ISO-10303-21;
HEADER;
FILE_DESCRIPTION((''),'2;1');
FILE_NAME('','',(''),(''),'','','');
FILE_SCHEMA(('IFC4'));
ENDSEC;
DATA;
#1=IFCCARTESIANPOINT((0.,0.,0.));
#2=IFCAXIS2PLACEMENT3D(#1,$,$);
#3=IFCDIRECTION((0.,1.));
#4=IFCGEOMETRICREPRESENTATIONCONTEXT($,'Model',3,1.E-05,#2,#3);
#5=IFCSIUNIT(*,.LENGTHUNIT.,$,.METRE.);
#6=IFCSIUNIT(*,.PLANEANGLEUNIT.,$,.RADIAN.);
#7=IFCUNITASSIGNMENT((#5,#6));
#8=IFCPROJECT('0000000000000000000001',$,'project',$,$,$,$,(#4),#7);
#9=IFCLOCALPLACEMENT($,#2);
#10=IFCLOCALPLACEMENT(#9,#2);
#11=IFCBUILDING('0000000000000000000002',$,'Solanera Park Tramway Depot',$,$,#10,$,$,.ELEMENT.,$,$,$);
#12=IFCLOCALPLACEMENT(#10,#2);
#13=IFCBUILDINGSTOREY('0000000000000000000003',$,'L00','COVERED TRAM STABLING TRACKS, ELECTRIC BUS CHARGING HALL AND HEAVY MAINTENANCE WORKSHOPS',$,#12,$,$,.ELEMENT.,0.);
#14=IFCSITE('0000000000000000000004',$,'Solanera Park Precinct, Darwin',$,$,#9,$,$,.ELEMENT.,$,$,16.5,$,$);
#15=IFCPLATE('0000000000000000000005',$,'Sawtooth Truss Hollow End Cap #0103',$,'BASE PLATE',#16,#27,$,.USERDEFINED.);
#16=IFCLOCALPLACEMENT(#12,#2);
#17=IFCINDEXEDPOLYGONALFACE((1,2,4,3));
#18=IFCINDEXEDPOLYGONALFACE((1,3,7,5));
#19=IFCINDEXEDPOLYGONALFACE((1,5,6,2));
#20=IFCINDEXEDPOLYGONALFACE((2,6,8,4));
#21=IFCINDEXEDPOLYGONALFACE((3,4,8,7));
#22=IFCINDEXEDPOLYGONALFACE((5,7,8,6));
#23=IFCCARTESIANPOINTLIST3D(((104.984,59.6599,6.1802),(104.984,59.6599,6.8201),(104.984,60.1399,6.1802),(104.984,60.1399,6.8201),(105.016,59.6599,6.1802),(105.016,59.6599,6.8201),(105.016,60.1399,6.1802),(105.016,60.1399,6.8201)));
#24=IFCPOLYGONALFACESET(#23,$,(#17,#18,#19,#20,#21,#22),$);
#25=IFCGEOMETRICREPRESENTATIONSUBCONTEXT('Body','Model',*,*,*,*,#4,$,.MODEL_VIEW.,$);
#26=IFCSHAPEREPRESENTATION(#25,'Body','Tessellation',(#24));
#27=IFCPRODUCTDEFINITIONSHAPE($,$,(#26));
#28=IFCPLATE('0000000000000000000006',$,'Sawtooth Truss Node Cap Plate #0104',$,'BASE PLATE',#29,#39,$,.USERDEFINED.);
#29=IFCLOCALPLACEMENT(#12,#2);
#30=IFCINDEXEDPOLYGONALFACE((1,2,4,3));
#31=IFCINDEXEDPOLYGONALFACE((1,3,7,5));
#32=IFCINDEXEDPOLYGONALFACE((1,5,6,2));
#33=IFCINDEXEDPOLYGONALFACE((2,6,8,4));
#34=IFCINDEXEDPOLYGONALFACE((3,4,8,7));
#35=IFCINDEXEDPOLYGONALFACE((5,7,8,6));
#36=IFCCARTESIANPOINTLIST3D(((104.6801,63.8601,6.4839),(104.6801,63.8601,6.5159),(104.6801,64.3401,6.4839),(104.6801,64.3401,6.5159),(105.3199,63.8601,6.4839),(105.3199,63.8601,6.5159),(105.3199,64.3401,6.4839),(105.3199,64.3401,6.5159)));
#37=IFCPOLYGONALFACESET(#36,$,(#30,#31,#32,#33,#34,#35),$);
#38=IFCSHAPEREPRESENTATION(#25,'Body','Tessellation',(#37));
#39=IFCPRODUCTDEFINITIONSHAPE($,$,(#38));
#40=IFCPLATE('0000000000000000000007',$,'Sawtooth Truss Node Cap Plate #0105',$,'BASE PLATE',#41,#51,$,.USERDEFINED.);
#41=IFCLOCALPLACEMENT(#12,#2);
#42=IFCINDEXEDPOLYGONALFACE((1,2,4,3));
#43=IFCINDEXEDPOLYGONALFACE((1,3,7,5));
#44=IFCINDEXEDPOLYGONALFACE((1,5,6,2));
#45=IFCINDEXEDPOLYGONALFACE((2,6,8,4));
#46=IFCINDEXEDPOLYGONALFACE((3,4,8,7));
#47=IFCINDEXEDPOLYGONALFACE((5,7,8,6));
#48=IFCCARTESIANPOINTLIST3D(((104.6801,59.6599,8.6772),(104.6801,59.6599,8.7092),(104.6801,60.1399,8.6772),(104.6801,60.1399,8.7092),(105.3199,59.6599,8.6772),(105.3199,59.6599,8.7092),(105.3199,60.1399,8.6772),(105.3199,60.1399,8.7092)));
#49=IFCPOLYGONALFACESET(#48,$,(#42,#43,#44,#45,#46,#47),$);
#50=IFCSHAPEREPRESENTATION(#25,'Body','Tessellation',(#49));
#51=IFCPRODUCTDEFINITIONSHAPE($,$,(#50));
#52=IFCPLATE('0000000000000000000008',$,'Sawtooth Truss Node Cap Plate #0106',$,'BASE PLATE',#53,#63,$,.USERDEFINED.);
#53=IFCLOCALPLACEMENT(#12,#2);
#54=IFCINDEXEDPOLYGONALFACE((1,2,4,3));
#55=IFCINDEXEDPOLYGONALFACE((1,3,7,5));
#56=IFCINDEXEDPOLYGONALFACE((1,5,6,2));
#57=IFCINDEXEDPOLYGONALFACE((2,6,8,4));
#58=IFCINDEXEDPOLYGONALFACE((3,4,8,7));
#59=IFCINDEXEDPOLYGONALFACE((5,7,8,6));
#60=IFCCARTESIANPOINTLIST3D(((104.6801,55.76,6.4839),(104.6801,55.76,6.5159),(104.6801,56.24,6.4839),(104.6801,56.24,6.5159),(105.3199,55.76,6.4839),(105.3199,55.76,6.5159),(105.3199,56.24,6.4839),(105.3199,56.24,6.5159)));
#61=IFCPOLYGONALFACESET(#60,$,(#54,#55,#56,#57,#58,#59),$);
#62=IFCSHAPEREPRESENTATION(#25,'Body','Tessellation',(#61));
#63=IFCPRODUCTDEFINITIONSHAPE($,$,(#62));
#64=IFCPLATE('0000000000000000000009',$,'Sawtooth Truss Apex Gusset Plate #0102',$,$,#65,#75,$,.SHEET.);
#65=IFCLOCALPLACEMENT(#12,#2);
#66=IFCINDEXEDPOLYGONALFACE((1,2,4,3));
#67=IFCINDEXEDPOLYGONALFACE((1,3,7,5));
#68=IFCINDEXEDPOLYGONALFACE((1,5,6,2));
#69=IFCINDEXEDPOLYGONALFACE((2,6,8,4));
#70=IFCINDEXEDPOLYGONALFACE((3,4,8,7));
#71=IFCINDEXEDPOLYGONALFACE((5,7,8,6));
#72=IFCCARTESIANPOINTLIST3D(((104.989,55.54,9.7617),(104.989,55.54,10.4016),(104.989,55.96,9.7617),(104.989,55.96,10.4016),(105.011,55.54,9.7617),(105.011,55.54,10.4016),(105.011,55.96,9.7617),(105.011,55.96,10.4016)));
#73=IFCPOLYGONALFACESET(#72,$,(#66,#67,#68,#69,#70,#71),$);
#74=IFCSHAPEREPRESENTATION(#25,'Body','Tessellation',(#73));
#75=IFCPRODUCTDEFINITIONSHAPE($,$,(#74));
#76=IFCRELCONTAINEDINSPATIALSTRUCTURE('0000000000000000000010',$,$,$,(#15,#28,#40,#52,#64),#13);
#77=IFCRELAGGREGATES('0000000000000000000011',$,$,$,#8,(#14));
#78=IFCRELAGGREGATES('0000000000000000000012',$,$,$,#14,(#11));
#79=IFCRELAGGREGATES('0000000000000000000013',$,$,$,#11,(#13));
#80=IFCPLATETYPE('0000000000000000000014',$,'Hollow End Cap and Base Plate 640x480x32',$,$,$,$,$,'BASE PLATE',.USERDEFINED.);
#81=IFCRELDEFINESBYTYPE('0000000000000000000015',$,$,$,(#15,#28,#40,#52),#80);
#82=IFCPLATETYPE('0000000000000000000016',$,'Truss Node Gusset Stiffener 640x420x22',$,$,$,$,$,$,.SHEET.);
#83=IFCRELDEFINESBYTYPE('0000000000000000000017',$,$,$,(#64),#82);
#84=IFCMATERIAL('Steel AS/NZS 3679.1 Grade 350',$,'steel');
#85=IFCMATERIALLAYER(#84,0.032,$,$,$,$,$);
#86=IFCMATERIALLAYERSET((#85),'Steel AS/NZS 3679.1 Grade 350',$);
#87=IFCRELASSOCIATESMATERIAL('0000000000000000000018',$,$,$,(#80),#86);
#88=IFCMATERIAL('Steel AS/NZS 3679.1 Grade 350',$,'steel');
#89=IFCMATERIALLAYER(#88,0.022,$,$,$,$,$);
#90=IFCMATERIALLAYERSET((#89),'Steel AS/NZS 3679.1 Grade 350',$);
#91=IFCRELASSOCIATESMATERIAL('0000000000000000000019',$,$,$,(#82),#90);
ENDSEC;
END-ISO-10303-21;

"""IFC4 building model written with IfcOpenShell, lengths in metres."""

from ifc_helpers import new_model, si_unit, direction, frame, origin, origin_2d, place, context, subcontext, project, spatial, rectangle, extrude, material, layer, layer_set, type_object, element, save


model = new_model("IFC4")

# Units and contexts
model_context = context("Model", 3, precision=1e-05, world=origin(), true_north=direction((0.0, 1.0)))
body_context = subcontext(model_context, "Body", "Model", "MODEL_VIEW")
ifc_project = project(units=[si_unit("LENGTHUNIT", "METRE"), si_unit("PLANEANGLEUNIT", "RADIAN")], contexts=[model_context])

# Site, building, storey
site_placement = place(None, origin())
site = spatial("IfcSite", under=ifc_project, at=site_placement, Name="Solanera Park Precinct, Darwin", CompositionType="ELEMENT", RefElevation=16.5)
building_placement = place(site_placement, origin())
building = spatial("IfcBuilding", under=site, at=building_placement, Name="Solanera Park Tramway Depot", CompositionType="ELEMENT")
storey_placement = place(building_placement, origin())
storey = spatial("IfcBuildingStorey", under=building, at=storey_placement, Name="L00", Description="COVERED TRAM STABLING TRACKS, ELECTRIC BUS CHARGING HALL AND HEAVY MAINTENANCE WORKSHOPS", CompositionType="ELEMENT", Elevation=0.0)

# Plates
ifc_material_1 = material(Name="Steel AS/NZS 3679.1 Grade 350", Category="steel")
ifc_layer_1 = layer(ifc_material_1, 0.032)
ifc_layer_set_1 = layer_set([ifc_layer_1], Name="Steel AS/NZS 3679.1 Grade 350")
plate_type_1 = type_object("IfcPlateType", Name="Hollow End Cap and Base Plate 640x480x32", ElementType="BASE PLATE", PredefinedType="USERDEFINED", material=ifc_layer_set_1)
plate_1_placement = place(storey_placement, frame((105.0, 59.8999, 6.1802), z_axis=(0.0, 0.0, 1.0), x_axis=(1.0, 0.0, 0.0)))
element("IfcPlate", 1, at=plate_1_placement, inside=storey, type_object=plate_type_1, Name="Sawtooth Truss Hollow End Cap #0103", ObjectType="BASE PLATE", PredefinedType="USERDEFINED", context=body_context, shape_type="SweptSolid", body=[
    extrude(rectangle(XDim=0.032, YDim=0.48, at=origin_2d()), origin(), (0.0, 0.0, 1.0), 0.6399),
])
for number, where, z_axis, x_axis, name in (
    (2, (105.0, 64.1001, 6.4839), (0.0, 0.0, 1.0), (1.0, 0.0, 0.0), "Sawtooth Truss Node Cap Plate #0104"),
    (3, (105.0, 59.8999, 8.6772), (0.0, 0.0, 1.0), (1.0, 0.0, 0.0), "Sawtooth Truss Node Cap Plate #0105"),
    (4, (105.0, 56.0, 6.4839), (0.0, 0.0, 1.0), (1.0, 0.0, 0.0), "Sawtooth Truss Node Cap Plate #0106"),
):
    element("IfcPlate", number, at=place(storey_placement, frame(where, z_axis=z_axis, x_axis=x_axis)), inside=storey, type_object=plate_type_1, Name=name, ObjectType="BASE PLATE", PredefinedType="USERDEFINED", context=body_context, shape_type="SweptSolid", body=[
        extrude(rectangle(XDim=0.6399, YDim=0.48, at=origin_2d()), origin(), (0.0, 0.0, 1.0), 0.032),
    ])
ifc_material_2 = material(Name="Steel AS/NZS 3679.1 Grade 350", Category="steel")
ifc_layer_2 = layer(ifc_material_2, 0.022)
ifc_layer_set_2 = layer_set([ifc_layer_2], Name="Steel AS/NZS 3679.1 Grade 350")
plate_type_2 = type_object("IfcPlateType", Name="Truss Node Gusset Stiffener 640x420x22", PredefinedType="SHEET", material=ifc_layer_set_2)
plate_2_placement = place(storey_placement, frame((105.0, 55.75, 9.7617), z_axis=(0.0, 0.0, 1.0), x_axis=(1.0, 0.0, 0.0)))
element("IfcPlate", 5, at=plate_2_placement, inside=storey, type_object=plate_type_2, Name="Sawtooth Truss Apex Gusset Plate #0102", PredefinedType="SHEET", context=body_context, shape_type="SweptSolid", body=[
    extrude(rectangle(XDim=0.022, YDim=0.4199, at=origin_2d()), origin(), (0.0, 0.0, 1.0), 0.6399),
])

save(model, "model.ifc")
